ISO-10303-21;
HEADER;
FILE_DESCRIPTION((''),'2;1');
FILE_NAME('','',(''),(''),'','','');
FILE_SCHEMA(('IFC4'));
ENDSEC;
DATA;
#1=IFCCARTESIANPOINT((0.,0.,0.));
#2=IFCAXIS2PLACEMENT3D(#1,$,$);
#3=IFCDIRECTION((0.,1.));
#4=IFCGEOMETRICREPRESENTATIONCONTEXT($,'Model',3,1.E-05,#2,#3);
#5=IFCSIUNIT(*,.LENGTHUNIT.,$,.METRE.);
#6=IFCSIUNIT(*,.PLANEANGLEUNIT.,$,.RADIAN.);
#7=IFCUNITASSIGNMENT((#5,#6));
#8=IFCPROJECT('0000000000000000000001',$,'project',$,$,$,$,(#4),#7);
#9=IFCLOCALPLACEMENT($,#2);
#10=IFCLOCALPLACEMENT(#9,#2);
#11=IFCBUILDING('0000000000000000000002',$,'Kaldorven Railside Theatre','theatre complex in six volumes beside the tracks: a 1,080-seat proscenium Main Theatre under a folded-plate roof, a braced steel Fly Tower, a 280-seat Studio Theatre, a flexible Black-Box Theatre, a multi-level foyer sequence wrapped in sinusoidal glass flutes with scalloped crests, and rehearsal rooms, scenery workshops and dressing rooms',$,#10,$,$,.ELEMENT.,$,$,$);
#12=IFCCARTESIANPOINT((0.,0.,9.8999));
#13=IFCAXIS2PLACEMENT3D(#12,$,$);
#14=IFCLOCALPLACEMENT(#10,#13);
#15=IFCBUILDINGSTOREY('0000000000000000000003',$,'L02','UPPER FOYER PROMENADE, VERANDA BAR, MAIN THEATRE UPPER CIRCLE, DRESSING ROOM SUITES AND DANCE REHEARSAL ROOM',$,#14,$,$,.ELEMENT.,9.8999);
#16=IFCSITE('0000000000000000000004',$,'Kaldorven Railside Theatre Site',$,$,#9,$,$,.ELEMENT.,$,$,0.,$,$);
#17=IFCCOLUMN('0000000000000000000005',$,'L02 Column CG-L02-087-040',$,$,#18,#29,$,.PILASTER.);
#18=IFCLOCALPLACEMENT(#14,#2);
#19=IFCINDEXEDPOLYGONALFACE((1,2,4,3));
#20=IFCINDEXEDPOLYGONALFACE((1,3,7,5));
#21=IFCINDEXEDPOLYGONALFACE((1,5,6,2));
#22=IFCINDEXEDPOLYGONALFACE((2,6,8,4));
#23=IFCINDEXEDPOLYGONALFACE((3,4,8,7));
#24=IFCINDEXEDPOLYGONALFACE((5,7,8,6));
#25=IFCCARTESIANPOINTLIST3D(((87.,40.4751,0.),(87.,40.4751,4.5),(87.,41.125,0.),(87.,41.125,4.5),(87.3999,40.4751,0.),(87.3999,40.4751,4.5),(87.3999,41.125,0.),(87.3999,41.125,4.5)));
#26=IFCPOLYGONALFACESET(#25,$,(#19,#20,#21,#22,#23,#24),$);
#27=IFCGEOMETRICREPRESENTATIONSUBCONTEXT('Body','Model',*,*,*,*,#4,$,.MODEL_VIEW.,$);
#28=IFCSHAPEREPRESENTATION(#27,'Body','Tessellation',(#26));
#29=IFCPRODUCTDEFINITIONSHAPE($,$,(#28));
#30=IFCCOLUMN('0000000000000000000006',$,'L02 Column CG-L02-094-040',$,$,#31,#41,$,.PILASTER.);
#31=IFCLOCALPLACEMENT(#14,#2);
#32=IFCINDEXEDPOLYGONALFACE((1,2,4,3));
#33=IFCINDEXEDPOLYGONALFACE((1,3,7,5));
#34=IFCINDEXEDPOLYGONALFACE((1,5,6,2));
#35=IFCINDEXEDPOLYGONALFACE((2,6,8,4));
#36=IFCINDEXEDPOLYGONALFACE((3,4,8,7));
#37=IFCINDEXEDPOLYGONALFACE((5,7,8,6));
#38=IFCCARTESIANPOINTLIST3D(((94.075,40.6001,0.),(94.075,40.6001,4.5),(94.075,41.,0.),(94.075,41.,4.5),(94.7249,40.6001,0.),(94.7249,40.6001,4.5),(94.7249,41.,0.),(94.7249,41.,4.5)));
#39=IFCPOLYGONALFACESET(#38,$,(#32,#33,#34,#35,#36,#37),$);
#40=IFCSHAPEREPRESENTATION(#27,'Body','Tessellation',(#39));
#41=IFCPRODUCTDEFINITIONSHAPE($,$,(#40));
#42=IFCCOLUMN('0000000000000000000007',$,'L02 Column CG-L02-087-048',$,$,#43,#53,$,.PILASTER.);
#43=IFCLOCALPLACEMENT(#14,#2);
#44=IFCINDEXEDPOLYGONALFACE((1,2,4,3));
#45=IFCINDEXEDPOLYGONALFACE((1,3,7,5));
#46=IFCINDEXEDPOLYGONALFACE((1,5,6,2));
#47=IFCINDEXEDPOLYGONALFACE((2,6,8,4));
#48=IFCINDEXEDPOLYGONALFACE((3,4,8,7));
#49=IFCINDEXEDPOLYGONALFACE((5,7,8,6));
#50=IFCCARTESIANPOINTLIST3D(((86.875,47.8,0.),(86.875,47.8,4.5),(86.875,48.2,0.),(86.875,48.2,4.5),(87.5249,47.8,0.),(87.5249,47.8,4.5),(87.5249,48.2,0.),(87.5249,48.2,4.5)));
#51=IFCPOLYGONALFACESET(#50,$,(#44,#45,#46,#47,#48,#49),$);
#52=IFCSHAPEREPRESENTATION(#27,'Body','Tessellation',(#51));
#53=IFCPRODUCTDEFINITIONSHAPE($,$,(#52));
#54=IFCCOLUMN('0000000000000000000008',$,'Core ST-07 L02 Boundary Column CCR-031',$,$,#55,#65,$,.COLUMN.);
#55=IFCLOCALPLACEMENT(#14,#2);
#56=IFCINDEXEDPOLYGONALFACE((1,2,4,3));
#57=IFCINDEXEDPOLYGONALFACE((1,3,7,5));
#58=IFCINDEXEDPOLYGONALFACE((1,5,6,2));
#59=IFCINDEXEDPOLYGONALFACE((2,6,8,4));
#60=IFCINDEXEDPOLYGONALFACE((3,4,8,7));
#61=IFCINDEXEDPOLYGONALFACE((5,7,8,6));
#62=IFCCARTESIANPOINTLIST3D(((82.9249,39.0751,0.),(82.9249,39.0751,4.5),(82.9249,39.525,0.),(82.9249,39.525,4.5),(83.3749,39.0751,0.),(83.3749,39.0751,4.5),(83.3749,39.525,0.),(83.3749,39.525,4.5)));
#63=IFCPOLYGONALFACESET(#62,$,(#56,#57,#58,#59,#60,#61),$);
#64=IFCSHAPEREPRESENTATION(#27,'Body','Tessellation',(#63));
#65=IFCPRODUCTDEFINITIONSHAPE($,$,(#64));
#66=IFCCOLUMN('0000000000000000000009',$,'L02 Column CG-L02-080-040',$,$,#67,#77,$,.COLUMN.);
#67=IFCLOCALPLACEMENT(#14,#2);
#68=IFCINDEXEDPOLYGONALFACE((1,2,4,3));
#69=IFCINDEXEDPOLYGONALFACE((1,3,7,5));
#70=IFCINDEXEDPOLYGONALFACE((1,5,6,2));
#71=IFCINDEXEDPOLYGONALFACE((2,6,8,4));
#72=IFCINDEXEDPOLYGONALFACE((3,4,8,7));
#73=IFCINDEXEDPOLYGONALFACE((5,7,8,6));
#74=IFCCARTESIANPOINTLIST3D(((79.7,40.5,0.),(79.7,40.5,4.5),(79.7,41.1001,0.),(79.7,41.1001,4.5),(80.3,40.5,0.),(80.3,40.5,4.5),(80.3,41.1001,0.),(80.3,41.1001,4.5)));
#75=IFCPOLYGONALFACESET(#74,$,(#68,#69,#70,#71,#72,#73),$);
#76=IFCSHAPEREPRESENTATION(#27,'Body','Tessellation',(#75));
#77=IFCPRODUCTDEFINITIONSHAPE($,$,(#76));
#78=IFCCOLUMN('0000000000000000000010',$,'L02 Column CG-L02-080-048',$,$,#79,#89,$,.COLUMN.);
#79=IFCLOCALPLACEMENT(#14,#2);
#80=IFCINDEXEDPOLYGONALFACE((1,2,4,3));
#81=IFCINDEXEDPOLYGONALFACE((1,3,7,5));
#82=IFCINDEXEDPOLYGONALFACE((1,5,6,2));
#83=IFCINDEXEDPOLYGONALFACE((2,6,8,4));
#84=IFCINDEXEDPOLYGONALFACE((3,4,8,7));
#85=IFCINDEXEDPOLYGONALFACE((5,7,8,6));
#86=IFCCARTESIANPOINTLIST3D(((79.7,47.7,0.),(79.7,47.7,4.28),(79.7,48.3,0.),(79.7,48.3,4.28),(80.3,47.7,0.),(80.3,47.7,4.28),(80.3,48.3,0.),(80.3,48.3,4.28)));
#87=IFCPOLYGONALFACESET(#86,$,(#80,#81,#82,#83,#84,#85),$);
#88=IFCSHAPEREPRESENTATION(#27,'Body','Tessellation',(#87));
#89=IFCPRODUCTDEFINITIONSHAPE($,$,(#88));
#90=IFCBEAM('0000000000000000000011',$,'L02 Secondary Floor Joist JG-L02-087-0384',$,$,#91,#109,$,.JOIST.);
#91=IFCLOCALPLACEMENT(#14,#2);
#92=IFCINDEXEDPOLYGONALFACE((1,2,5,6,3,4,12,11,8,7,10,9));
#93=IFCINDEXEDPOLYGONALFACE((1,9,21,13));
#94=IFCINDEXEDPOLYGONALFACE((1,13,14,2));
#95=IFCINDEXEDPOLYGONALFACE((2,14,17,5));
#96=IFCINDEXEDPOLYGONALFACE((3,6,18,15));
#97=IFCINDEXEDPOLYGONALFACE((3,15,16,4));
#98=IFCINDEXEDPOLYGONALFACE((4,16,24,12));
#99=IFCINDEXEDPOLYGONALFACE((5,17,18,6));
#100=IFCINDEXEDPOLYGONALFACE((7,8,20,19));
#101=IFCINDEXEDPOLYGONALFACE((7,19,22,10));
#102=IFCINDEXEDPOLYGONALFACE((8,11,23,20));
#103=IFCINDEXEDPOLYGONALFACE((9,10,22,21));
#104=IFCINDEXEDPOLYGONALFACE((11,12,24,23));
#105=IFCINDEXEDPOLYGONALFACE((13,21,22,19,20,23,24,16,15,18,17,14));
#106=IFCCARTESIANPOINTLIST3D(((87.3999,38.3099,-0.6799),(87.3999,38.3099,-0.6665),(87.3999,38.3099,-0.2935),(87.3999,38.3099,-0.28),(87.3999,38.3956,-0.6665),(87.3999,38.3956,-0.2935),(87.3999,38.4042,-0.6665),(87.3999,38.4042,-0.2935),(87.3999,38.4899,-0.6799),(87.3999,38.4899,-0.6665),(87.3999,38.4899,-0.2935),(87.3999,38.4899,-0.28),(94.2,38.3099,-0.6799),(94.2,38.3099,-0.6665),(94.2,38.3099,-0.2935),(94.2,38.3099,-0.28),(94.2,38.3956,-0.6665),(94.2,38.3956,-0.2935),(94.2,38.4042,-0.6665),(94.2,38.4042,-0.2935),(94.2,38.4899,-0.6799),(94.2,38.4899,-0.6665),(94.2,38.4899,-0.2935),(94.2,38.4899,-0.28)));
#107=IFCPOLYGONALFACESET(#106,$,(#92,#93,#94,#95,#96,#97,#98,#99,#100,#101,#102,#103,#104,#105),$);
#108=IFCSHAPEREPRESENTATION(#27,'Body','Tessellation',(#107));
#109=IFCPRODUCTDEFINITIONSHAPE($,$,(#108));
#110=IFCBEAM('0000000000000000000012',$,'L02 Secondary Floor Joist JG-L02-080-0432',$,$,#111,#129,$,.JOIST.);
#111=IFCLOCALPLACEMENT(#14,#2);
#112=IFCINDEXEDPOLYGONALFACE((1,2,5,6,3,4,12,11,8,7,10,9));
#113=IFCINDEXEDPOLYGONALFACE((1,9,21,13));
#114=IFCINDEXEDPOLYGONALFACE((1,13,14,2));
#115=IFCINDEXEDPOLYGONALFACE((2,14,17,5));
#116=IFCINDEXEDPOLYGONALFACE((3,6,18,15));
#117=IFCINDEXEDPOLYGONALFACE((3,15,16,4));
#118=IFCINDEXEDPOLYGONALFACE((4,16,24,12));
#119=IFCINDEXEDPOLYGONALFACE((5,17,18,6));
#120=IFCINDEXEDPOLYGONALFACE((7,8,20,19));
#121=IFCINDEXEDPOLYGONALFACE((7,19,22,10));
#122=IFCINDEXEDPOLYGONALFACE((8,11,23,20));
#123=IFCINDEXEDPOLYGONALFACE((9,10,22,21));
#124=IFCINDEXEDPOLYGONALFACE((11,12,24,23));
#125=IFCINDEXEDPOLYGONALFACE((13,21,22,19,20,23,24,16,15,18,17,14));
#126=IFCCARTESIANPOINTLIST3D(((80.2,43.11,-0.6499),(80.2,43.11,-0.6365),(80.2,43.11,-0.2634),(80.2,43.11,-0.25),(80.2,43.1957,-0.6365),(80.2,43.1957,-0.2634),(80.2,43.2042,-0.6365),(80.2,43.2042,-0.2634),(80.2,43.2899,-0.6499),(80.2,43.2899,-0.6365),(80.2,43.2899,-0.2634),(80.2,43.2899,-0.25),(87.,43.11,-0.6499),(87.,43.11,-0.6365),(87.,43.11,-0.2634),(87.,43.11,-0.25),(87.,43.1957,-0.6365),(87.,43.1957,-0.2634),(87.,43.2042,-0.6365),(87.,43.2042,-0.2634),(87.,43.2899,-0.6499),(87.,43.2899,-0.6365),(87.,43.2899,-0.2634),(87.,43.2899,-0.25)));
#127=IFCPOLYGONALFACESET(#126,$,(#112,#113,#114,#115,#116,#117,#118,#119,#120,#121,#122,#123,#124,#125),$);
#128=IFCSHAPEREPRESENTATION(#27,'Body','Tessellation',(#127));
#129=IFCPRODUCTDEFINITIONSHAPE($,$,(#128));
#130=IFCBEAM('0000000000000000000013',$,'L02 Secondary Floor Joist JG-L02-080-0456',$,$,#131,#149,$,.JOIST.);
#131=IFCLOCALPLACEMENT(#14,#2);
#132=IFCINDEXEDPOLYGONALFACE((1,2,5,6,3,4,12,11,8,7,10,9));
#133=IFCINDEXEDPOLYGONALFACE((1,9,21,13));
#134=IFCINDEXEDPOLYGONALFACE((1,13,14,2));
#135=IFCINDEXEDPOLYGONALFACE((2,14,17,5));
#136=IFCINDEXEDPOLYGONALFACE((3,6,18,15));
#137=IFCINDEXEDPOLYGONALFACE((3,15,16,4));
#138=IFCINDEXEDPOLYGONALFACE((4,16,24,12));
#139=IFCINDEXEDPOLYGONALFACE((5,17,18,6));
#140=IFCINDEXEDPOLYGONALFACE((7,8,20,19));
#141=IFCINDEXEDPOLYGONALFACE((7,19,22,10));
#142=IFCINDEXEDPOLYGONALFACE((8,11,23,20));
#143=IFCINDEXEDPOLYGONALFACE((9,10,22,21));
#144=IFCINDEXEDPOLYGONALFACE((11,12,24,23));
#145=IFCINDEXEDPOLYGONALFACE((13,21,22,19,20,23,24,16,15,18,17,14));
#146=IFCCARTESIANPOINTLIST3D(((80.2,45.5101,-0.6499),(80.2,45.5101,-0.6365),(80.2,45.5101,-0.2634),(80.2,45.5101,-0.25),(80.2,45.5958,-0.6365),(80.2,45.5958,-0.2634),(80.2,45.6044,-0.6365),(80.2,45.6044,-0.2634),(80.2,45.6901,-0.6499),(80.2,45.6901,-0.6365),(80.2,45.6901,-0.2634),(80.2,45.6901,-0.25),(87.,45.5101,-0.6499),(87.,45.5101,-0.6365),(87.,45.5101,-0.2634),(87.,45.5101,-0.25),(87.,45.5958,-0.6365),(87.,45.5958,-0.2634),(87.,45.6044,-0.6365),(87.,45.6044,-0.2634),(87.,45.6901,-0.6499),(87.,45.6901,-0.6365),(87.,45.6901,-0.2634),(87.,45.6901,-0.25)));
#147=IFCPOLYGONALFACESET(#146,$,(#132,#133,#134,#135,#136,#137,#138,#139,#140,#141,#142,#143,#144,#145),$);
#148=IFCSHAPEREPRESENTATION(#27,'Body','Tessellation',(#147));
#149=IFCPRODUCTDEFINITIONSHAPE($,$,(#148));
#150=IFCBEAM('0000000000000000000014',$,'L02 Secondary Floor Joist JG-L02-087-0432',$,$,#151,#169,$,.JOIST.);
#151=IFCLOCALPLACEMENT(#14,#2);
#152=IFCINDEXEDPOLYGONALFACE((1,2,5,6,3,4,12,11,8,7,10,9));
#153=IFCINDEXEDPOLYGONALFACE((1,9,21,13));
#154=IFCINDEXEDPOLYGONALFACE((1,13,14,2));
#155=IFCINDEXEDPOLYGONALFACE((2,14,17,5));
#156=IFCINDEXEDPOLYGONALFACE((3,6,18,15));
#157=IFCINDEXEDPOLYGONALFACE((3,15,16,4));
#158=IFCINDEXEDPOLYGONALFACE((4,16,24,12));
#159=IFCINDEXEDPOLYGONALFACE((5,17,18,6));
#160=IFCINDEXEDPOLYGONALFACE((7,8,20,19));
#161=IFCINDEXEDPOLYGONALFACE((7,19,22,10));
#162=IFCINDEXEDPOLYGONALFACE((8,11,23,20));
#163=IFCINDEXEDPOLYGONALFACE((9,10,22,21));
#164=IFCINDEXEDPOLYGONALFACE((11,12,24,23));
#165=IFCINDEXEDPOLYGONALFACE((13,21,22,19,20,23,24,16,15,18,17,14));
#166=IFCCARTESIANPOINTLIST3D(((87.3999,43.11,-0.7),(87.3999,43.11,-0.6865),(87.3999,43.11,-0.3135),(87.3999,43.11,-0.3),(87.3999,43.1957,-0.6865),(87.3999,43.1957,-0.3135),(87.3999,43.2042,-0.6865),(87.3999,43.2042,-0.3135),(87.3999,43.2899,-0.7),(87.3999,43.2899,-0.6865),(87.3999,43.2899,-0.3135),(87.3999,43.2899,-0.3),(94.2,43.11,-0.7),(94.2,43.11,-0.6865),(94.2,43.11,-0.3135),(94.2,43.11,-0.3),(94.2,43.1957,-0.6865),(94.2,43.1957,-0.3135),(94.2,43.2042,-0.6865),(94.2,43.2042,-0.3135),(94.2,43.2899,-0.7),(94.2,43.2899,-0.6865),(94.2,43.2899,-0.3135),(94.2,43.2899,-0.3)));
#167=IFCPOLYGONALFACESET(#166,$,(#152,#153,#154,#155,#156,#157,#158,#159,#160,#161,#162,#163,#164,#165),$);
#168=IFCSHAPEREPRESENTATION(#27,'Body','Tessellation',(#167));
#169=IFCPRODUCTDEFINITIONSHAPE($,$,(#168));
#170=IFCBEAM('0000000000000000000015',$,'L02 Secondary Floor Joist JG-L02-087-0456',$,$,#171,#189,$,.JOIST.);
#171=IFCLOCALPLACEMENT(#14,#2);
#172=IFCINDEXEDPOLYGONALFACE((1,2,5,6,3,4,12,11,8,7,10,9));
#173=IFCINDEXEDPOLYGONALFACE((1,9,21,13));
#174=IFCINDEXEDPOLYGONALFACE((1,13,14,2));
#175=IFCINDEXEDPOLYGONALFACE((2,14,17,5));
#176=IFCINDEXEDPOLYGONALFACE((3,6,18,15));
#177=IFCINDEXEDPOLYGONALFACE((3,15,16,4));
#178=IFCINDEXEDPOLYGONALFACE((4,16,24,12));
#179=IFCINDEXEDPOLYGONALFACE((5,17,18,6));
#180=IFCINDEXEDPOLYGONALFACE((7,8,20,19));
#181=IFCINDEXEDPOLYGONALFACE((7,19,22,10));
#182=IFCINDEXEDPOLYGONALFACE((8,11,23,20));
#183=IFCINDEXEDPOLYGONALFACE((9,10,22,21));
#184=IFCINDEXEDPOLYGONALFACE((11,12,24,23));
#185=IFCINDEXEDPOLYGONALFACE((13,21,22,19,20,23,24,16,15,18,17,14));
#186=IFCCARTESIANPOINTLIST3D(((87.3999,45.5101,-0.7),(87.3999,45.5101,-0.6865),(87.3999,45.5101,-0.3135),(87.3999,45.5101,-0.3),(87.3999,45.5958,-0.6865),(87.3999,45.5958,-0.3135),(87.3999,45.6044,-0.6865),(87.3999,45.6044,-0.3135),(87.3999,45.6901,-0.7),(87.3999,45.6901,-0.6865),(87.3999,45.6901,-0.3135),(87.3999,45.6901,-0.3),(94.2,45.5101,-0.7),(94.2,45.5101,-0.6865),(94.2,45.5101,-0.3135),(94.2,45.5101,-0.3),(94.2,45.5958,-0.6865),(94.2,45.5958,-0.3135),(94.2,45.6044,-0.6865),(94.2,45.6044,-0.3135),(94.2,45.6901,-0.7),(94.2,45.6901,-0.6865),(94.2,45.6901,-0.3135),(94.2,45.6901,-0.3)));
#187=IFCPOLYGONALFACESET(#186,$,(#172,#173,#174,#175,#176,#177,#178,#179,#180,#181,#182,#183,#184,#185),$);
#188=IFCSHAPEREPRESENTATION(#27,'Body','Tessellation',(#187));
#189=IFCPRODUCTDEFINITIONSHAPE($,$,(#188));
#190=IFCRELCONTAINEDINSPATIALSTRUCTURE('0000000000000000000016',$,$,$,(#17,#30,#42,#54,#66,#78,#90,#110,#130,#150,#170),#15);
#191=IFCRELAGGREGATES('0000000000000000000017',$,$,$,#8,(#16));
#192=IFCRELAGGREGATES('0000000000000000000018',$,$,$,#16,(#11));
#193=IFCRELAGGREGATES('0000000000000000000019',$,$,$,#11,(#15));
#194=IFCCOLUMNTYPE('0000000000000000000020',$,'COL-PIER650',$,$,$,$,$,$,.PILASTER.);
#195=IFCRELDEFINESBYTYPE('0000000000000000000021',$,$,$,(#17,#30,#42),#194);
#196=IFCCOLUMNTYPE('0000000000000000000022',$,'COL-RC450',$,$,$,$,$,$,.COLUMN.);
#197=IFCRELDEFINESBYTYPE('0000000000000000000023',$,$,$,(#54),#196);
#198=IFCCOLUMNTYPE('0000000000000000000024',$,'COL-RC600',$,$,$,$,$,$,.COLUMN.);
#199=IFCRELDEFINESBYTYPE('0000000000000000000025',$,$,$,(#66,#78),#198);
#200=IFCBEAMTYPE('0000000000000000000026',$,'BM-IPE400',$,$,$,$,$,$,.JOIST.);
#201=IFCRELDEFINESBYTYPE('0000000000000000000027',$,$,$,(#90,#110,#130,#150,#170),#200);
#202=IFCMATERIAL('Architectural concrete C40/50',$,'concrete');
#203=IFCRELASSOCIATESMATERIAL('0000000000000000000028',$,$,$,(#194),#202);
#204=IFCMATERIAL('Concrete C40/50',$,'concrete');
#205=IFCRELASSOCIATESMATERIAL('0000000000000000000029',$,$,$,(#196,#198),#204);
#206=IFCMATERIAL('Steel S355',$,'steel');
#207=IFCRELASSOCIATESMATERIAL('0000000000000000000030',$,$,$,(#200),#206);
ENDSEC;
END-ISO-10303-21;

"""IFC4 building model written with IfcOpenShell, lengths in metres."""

from ifc_helpers import new_model, si_unit, direction, frame, origin, origin_2d, place, context, subcontext, project, spatial, rectangle, i_section, extrude, material, material_profile, profile_set, type_object, element, save


model = new_model("IFC4")

# Units and contexts
model_context = context("Model", 3, precision=1e-05, world=origin(), true_north=direction((0.0, 1.0)))
body_context = subcontext(model_context, "Body", "Model", "MODEL_VIEW")
ifc_project = project(units=[si_unit("LENGTHUNIT", "METRE"), si_unit("PLANEANGLEUNIT", "RADIAN")], contexts=[model_context])

# Site, building, storey
site_placement = place(None, origin())
site = spatial("IfcSite", under=ifc_project, at=site_placement, Name="Kaldorven Railside Theatre Site", CompositionType="ELEMENT", RefElevation=0.0)
building_placement = place(site_placement, origin())
building = spatial("IfcBuilding", under=site, at=building_placement, Name="Kaldorven Railside Theatre", Description="theatre complex in six volumes beside the tracks: a 1,080-seat proscenium Main Theatre under a folded-plate roof, a braced steel Fly Tower, a 280-seat Studio Theatre, a flexible Black-Box Theatre, a multi-level foyer sequence wrapped in sinusoidal glass flutes with scalloped crests, and rehearsal rooms, scenery workshops and dressing rooms", CompositionType="ELEMENT")
storey_placement = place(building_placement, frame((0.0, 0.0, 9.8999)))
storey = spatial("IfcBuildingStorey", under=building, at=storey_placement, Name="L02", Description="UPPER FOYER PROMENADE, VERANDA BAR, MAIN THEATRE UPPER CIRCLE, DRESSING ROOM SUITES AND DANCE REHEARSAL ROOM", CompositionType="ELEMENT", Elevation=9.8999)

# Columns
ifc_material_1 = material(Name="Architectural concrete C40/50", Category="concrete")
ifc_material_profile_1 = material_profile(ifc_material_1, rectangle(XDim=0.3999, YDim=0.6499, at=origin_2d()), Name="RC 400x650")
ifc_profile_set_1 = profile_set([ifc_material_profile_1], Name="Architectural concrete C40/50")
column_type_1 = type_object("IfcColumnType", Name="COL-PIER650", PredefinedType="PILASTER", material=ifc_profile_set_1)
for number, where, z_axis, x_axis, name in (
    (1, (87.2, 40.8, 0.0), (0.0, 0.0, 1.0), (1.0, 0.0, 0.0), "L02 Column CG-L02-087-040"),
    (2, (94.3999, 40.8, 0.0), (0.0, 0.0, 1.0), (0.0, 1.0, 0.0), "L02 Column CG-L02-094-040"),
    (3, (87.2, 48.0, 0.0), (0.0, 0.0, 1.0), (0.0, 1.0, 0.0), "L02 Column CG-L02-087-048"),
):
    element("IfcColumn", number, at=place(storey_placement, frame(where, z_axis=z_axis, x_axis=x_axis)), inside=storey, type_object=column_type_1, Name=name, PredefinedType="PILASTER", context=body_context, shape_type="SweptSolid", body=[
        extrude(rectangle(XDim=0.3999, YDim=0.6499, at=origin_2d()), origin(), (0.0, 0.0, 1.0), 4.5),
    ])
ifc_material_2 = material(Name="Concrete C40/50", Category="concrete")
ifc_material_profile_2 = material_profile(ifc_material_2, rectangle(XDim=0.45, YDim=0.45, at=origin_2d()), Name="RC 450x450")
ifc_profile_set_2 = profile_set([ifc_material_profile_2], Name="Concrete C40/50")
column_type_2 = type_object("IfcColumnType", Name="COL-RC450", PredefinedType="COLUMN", material=ifc_profile_set_2)
column_1_placement = place(storey_placement, frame((83.1499, 39.3, 0.0), z_axis=(0.0, 0.0, 1.0), x_axis=(1.0, 0.0, 0.0)))
element("IfcColumn", 4, at=column_1_placement, inside=storey, type_object=column_type_2, Name="Core ST-07 L02 Boundary Column CCR-031", PredefinedType="COLUMN", context=body_context, shape_type="SweptSolid", body=[
    extrude(rectangle(XDim=0.45, YDim=0.45, at=origin_2d()), origin(), (0.0, 0.0, 1.0), 4.5),
])
ifc_material_profile_3 = material_profile(ifc_material_2, rectangle(XDim=0.6001, YDim=0.6001, at=origin_2d()), Name="RC 600x600")
ifc_profile_set_3 = profile_set([ifc_material_profile_3], Name="Concrete C40/50")
column_type_3 = type_object("IfcColumnType", Name="COL-RC600", PredefinedType="COLUMN", material=ifc_profile_set_3)
column_2_placement = place(storey_placement, frame((80.0, 40.8, 0.0), z_axis=(0.0, 0.0, 1.0), x_axis=(1.0, 0.0, 0.0)))
element("IfcColumn", 5, at=column_2_placement, inside=storey, type_object=column_type_3, Name="L02 Column CG-L02-080-040", PredefinedType="COLUMN", context=body_context, shape_type="SweptSolid", body=[
    extrude(rectangle(XDim=0.6001, YDim=0.6001, at=origin_2d()), origin(), (0.0, 0.0, 1.0), 4.5),
])
column_3_placement = place(storey_placement, frame((80.0, 48.0, 0.0), z_axis=(0.0, 0.0, 1.0), x_axis=(1.0, 0.0, 0.0)))
element("IfcColumn", 6, at=column_3_placement, inside=storey, type_object=column_type_3, Name="L02 Column CG-L02-080-048", PredefinedType="COLUMN", context=body_context, shape_type="SweptSolid", body=[
    extrude(rectangle(XDim=0.6001, YDim=0.6001, at=origin_2d()), origin(), (0.0, 0.0, 1.0), 4.28),
])

# Beams
ifc_material_3 = material(Name="Steel S355", Category="steel")
ifc_material_profile_4 = material_profile(ifc_material_3, i_section(OverallWidth=0.1799, OverallDepth=0.3999, WebThickness=0.0085, FlangeThickness=0.0134, at=origin_2d()), Name="IPE 400")
ifc_profile_set_4 = profile_set([ifc_material_profile_4], Name="Steel S355")
beam_type_1 = type_object("IfcBeamType", Name="BM-IPE400", PredefinedType="JOIST", material=ifc_profile_set_4)
for number, where, z_axis, x_axis, name in (
    (7, (87.3999, 38.3999, -0.48), (1.0, 0.0, 0.0), (0.0, 1.0, 0.0), "L02 Secondary Floor Joist JG-L02-087-0384"),
    (8, (80.2, 43.2, -0.45), (1.0, 0.0, 0.0), (0.0, 1.0, 0.0), "L02 Secondary Floor Joist JG-L02-080-0432"),
    (9, (80.2, 45.6001, -0.45), (1.0, 0.0, 0.0), (0.0, 1.0, 0.0), "L02 Secondary Floor Joist JG-L02-080-0456"),
    (10, (87.3999, 43.2, -0.5), (1.0, 0.0, 0.0), (0.0, 1.0, 0.0), "L02 Secondary Floor Joist JG-L02-087-0432"),
    (11, (87.3999, 45.6001, -0.5), (1.0, 0.0, 0.0), (0.0, 1.0, 0.0), "L02 Secondary Floor Joist JG-L02-087-0456"),
):
    element("IfcBeam", number, at=place(storey_placement, frame(where, z_axis=z_axis, x_axis=x_axis)), inside=storey, type_object=beam_type_1, Name=name, PredefinedType="JOIST", context=body_context, shape_type="SweptSolid", body=[
        extrude(i_section(OverallWidth=0.1799, OverallDepth=0.3999, WebThickness=0.0085, FlangeThickness=0.0134, at=origin_2d()), origin(), (0.0, 0.0, 1.0), 6.8),
    ])

save(model, "model.ifc")
